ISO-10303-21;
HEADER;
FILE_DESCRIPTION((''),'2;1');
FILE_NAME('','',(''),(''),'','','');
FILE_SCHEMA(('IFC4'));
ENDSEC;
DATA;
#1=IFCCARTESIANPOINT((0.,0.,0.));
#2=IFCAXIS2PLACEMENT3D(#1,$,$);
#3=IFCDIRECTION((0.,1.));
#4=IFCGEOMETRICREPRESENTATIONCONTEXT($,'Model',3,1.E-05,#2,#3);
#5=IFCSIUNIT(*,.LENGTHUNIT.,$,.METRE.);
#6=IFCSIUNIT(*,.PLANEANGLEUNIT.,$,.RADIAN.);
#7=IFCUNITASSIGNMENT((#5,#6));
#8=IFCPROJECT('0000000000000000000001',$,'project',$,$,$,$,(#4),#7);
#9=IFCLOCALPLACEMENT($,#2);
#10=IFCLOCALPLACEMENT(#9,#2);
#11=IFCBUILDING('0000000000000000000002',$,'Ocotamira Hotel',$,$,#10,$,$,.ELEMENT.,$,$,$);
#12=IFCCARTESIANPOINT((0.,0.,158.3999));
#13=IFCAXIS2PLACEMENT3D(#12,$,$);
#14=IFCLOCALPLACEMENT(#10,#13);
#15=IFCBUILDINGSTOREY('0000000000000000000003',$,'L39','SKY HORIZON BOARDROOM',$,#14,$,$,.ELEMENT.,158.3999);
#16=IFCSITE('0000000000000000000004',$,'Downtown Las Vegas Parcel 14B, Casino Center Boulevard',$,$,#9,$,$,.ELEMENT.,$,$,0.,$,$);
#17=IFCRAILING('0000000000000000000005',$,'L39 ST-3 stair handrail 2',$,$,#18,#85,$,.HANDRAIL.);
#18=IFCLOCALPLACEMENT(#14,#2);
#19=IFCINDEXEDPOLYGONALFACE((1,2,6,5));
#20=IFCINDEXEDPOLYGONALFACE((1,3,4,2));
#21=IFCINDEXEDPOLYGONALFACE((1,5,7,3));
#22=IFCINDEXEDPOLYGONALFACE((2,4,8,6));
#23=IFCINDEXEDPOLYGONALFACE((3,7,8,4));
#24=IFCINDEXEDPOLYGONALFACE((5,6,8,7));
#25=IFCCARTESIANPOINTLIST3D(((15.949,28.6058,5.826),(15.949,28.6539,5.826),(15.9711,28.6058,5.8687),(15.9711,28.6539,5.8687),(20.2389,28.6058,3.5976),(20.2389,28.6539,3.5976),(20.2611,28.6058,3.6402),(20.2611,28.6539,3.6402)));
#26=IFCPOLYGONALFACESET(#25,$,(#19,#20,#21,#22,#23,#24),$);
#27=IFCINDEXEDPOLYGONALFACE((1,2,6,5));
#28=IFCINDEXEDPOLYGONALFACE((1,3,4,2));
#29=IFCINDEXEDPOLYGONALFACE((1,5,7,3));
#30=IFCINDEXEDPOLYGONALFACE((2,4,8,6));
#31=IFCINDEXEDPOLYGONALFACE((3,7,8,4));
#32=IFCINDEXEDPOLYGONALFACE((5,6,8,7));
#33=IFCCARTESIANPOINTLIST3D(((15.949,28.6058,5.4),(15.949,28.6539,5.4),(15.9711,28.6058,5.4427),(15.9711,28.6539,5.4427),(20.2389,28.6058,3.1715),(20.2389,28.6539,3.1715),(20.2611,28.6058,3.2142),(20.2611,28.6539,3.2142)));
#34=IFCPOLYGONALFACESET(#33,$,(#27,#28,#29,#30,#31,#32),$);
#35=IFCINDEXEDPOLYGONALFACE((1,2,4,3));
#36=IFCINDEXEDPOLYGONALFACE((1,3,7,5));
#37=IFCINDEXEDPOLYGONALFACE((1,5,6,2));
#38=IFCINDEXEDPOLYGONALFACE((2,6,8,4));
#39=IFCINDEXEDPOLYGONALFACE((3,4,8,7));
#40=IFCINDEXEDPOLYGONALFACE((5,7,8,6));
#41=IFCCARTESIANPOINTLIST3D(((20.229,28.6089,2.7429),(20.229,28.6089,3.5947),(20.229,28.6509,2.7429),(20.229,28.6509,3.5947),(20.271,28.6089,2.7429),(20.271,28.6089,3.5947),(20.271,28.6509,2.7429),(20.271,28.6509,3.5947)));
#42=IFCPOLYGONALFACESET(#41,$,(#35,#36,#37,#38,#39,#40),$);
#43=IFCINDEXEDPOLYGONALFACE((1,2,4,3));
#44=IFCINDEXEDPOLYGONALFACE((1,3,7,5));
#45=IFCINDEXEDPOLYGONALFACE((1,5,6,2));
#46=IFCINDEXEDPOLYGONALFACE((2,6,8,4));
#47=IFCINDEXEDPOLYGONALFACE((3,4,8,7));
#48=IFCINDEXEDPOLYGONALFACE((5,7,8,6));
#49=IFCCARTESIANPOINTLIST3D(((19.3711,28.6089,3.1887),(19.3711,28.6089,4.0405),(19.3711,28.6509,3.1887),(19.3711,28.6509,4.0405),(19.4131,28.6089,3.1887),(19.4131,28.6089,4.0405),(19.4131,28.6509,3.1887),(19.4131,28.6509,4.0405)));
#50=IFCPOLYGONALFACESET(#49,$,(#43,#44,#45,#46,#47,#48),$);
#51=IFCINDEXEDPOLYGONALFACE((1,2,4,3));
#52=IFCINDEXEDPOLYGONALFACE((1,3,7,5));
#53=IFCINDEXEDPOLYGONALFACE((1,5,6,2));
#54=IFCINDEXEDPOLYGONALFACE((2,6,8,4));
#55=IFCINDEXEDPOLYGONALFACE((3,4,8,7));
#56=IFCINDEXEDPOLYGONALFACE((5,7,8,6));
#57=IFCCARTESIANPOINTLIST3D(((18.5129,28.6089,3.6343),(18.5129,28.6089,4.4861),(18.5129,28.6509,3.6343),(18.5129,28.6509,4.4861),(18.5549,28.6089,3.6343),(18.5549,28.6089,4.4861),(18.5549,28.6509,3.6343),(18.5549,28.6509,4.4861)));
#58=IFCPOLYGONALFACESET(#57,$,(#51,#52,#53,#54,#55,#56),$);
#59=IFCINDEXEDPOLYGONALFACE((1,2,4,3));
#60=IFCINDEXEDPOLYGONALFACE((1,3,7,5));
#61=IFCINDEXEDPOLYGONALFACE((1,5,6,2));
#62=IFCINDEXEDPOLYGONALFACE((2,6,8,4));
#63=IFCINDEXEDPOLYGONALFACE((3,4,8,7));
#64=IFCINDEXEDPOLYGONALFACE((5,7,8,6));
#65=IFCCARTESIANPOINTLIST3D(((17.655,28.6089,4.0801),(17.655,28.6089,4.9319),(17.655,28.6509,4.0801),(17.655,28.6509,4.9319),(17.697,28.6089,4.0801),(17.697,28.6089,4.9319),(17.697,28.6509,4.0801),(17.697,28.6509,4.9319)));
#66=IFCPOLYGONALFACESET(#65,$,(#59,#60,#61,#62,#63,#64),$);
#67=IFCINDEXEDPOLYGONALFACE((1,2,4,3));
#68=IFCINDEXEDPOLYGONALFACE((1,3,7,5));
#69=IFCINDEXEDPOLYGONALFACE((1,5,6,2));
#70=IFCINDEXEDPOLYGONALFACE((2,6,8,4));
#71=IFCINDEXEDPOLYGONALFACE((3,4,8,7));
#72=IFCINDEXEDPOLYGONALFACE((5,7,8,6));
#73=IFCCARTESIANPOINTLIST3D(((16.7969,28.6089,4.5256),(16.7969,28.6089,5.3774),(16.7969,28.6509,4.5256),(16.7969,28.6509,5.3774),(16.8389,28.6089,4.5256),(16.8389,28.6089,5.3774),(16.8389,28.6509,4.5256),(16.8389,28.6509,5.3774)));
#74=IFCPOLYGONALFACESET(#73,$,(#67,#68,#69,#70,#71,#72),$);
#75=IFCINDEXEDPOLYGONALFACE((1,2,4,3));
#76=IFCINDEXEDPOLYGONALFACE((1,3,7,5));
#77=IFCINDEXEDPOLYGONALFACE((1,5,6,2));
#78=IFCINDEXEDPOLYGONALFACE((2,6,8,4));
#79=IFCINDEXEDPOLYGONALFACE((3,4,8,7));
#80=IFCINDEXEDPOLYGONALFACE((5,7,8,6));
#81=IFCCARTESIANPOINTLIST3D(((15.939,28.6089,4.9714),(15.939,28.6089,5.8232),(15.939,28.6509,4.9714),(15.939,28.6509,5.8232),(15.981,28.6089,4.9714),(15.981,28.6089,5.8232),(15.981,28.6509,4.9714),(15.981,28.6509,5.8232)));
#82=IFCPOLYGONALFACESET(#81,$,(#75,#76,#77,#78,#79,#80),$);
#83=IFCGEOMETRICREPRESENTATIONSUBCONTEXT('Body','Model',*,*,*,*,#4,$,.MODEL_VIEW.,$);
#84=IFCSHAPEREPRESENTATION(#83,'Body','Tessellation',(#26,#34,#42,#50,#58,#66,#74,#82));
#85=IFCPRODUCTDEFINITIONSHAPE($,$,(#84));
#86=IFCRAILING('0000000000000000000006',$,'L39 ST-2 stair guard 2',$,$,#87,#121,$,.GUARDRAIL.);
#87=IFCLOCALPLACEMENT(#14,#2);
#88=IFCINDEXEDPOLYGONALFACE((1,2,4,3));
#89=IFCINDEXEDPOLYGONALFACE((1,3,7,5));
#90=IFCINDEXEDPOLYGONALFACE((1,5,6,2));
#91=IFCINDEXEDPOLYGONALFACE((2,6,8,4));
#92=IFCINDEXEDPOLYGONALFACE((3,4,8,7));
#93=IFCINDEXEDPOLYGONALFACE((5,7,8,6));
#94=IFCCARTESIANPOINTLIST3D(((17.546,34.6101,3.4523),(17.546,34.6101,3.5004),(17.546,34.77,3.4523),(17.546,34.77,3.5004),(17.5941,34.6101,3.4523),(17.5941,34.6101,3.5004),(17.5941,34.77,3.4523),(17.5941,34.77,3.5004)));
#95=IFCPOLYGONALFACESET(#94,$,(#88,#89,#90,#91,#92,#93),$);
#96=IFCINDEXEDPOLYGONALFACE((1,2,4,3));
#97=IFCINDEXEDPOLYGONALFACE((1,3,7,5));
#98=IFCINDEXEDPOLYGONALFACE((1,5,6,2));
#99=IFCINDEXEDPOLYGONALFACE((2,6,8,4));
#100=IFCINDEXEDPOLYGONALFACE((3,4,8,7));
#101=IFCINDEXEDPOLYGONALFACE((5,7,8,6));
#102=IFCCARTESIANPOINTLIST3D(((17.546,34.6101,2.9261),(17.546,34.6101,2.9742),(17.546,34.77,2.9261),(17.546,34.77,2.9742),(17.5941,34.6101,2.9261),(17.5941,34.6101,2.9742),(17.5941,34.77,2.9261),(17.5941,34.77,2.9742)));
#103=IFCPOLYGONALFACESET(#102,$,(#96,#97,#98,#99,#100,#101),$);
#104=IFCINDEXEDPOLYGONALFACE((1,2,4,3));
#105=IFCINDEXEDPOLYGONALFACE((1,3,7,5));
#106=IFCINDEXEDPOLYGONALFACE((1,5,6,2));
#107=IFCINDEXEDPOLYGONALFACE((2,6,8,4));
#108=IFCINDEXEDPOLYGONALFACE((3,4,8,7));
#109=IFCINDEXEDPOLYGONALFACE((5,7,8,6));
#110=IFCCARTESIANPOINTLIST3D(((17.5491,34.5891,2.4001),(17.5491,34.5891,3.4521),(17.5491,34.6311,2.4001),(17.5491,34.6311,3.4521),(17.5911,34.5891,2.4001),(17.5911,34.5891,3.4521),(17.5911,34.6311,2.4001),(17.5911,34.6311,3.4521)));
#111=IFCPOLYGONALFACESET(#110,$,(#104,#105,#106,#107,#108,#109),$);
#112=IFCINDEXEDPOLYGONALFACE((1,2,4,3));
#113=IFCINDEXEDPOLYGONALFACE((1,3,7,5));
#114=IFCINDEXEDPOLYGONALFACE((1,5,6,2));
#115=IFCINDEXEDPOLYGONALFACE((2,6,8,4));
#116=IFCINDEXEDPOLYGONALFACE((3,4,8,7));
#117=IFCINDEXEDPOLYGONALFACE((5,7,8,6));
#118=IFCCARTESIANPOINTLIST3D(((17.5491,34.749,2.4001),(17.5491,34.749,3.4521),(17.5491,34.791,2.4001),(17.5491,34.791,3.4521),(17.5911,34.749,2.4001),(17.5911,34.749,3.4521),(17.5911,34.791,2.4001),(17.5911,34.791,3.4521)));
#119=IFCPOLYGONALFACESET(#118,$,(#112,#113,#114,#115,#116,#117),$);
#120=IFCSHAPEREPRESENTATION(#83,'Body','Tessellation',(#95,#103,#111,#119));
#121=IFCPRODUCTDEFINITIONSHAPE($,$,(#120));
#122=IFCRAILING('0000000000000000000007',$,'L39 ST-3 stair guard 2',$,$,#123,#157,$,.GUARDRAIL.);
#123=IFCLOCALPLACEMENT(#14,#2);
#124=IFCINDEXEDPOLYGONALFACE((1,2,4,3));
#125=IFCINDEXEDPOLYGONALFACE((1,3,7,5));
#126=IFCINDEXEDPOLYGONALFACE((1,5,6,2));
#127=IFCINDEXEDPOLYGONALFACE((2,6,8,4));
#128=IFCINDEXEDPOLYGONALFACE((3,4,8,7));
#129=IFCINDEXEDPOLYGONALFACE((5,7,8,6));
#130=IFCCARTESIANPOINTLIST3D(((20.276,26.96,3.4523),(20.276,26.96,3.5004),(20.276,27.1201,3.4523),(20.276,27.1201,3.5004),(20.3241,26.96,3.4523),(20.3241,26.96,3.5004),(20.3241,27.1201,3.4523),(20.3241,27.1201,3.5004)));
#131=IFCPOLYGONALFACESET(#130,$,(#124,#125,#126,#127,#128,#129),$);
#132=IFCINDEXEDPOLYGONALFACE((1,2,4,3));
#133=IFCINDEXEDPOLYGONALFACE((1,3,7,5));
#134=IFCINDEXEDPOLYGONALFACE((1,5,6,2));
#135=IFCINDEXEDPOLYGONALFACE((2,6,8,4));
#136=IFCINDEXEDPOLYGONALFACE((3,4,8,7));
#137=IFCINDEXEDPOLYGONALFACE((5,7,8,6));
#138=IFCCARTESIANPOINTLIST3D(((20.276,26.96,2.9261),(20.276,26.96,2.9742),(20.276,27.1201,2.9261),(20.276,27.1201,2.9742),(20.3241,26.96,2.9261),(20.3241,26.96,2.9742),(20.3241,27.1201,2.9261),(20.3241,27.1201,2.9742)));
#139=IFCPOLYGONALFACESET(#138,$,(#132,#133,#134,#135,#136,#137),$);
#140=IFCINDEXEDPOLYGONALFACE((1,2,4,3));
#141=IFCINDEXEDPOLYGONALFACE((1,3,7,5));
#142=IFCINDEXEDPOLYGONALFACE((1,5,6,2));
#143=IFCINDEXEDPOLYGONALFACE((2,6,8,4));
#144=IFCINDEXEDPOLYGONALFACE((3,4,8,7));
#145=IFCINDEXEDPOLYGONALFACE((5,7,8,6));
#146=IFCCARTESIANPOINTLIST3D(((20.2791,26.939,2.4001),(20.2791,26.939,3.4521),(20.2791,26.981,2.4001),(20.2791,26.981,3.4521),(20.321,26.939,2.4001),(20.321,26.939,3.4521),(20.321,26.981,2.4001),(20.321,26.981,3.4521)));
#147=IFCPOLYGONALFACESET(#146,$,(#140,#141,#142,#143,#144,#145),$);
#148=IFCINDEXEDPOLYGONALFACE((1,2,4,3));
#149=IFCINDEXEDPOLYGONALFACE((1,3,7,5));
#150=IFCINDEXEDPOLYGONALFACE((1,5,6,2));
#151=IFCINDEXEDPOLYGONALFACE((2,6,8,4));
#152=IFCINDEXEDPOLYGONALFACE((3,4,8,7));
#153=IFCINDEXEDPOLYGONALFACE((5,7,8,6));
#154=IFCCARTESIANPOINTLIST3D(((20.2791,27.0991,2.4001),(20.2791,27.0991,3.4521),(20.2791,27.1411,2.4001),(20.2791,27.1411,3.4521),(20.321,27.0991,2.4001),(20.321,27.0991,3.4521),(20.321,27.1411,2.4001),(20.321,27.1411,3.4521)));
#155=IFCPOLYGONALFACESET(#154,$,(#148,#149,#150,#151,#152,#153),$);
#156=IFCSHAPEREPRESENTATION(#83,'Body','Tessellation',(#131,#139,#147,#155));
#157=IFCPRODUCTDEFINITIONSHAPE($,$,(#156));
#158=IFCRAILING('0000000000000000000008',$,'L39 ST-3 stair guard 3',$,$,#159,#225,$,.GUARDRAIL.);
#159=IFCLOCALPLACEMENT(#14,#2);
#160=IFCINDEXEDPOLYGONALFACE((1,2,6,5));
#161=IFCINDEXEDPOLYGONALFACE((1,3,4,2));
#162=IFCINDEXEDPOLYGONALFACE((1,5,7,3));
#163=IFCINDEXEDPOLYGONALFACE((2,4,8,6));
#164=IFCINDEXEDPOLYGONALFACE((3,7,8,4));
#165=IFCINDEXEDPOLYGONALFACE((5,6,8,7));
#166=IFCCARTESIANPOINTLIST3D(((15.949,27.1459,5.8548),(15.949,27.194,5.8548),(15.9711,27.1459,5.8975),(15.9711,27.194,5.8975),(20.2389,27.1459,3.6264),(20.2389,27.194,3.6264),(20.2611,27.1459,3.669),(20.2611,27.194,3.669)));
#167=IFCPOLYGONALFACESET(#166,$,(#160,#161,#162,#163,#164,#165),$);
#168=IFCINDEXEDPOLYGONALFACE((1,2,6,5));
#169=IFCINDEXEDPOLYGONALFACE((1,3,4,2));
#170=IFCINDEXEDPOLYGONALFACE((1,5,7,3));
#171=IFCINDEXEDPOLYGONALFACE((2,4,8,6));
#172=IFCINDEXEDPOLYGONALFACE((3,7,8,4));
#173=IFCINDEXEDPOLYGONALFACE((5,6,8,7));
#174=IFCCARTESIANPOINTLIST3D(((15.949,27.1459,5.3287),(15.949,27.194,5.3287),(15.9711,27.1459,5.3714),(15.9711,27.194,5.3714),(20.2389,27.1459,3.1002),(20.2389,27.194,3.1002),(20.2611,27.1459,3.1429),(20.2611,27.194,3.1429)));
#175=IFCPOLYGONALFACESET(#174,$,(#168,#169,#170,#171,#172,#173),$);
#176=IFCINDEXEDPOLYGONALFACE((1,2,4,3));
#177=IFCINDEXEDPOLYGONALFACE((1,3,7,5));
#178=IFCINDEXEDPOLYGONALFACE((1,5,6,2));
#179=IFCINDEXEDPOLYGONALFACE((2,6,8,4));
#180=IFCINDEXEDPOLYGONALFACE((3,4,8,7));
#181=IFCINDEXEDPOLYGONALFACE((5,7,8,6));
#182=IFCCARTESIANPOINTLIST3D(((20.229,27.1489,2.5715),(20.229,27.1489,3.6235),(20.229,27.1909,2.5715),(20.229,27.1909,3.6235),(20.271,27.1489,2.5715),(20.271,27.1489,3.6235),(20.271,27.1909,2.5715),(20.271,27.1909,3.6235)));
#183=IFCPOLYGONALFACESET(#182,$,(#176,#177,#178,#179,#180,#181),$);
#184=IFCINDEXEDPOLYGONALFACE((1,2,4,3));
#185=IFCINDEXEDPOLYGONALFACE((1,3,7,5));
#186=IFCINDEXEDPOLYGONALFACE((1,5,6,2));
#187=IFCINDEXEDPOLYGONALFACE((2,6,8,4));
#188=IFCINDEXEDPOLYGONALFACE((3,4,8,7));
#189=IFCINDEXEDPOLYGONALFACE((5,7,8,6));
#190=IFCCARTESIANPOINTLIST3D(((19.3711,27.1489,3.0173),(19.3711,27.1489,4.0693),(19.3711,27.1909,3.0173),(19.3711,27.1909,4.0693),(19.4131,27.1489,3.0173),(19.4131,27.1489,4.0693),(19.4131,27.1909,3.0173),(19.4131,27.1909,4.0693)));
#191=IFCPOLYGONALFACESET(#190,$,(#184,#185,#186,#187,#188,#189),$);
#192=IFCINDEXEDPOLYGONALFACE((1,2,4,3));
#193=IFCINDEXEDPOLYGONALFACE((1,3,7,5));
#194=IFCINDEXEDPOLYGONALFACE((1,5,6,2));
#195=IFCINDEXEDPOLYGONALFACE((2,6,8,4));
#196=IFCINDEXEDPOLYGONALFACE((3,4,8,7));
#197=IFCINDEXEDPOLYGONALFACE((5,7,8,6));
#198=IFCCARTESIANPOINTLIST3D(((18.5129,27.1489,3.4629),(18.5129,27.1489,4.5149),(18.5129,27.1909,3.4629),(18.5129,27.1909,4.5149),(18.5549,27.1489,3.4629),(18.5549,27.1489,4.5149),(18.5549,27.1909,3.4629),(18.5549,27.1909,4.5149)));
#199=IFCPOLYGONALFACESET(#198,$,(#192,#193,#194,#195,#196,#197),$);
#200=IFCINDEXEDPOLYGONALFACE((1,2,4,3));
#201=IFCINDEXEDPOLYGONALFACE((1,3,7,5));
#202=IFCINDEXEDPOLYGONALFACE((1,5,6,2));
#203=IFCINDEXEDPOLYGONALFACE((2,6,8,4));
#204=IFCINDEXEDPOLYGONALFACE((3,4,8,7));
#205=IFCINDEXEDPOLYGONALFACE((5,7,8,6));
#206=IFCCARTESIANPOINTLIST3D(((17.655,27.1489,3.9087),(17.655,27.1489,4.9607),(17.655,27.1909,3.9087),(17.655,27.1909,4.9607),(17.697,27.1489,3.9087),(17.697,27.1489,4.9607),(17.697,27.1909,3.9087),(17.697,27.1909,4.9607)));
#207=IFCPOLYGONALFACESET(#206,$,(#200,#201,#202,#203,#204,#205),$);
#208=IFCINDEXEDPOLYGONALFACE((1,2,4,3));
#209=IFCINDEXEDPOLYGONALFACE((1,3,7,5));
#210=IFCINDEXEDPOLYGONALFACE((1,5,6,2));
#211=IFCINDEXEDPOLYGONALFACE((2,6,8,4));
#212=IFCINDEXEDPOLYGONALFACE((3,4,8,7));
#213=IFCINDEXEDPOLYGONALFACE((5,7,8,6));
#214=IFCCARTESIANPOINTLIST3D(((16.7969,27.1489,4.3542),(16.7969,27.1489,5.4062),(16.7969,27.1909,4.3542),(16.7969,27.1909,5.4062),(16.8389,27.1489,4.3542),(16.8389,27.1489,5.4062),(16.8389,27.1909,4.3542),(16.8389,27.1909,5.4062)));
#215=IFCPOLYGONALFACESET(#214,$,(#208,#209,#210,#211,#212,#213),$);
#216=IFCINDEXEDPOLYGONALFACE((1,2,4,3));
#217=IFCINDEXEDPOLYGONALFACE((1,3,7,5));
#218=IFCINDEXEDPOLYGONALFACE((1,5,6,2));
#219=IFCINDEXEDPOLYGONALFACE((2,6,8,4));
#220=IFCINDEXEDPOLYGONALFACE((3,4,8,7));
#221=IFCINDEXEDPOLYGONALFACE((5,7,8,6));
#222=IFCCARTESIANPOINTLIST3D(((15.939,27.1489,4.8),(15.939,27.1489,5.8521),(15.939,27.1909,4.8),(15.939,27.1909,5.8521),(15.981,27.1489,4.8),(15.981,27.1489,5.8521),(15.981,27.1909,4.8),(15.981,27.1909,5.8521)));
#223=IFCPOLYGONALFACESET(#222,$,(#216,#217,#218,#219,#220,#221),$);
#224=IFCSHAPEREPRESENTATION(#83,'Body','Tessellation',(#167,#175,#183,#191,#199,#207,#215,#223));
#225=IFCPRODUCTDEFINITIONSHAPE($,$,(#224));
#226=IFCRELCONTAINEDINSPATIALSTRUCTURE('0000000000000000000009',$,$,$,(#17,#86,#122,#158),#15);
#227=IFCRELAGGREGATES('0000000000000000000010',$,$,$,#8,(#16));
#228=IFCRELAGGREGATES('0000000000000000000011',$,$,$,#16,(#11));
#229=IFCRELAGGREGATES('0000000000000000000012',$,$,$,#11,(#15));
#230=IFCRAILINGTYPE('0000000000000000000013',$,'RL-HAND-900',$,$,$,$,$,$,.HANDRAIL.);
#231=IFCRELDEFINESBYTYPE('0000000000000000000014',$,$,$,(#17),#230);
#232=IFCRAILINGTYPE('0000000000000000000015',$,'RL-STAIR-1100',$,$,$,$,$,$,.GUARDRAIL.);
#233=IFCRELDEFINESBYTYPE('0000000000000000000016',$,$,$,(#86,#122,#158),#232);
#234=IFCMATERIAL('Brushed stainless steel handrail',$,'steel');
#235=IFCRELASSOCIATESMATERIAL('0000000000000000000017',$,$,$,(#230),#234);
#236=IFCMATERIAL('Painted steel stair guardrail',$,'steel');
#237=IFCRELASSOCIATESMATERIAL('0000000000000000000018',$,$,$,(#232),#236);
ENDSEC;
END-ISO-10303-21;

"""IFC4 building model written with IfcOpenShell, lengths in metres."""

from ifc_helpers import new_model, si_unit, direction, frame, origin, origin_2d, place, context, subcontext, project, spatial, rectangle, extrude, material, type_object, element, save


model = new_model("IFC4")

# Units and contexts
model_context = context("Model", 3, precision=1e-05, world=origin(), true_north=direction((0.0, 1.0)))
body_context = subcontext(model_context, "Body", "Model", "MODEL_VIEW")
ifc_project = project(units=[si_unit("LENGTHUNIT", "METRE"), si_unit("PLANEANGLEUNIT", "RADIAN")], contexts=[model_context])

# Site, building, storey
site_placement = place(None, origin())
site = spatial("IfcSite", under=ifc_project, at=site_placement, Name="Downtown Las Vegas Parcel 14B, Casino Center Boulevard", CompositionType="ELEMENT", RefElevation=0.0)
building_placement = place(site_placement, origin())
building = spatial("IfcBuilding", under=site, at=building_placement, Name="Ocotamira Hotel", CompositionType="ELEMENT")
storey_placement = place(building_placement, frame((0.0, 0.0, 158.3999)))
storey = spatial("IfcBuildingStorey", under=building, at=storey_placement, Name="L39", Description="SKY HORIZON BOARDROOM", CompositionType="ELEMENT", Elevation=158.3999)

# Railings
ifc_material_1 = material(Name="Brushed stainless steel handrail", Category="steel")
railing_type_1 = type_object("IfcRailingType", Name="RL-HAND-900", PredefinedType="HANDRAIL", material=ifc_material_1)
railing_1_placement = place(storey_placement, frame((20.25, 28.6299, 2.7429)))
element("IfcRailing", 1, at=railing_1_placement, inside=storey, type_object=railing_type_1, Name="L39 ST-3 stair handrail 2", PredefinedType="HANDRAIL", context=body_context, shape_type="SweptSolid", body=[
    extrude(rectangle(XDim=0.0481, YDim=0.0481, at=origin_2d()), frame((0.0, 0.0, 0.876), z_axis=(-0.887412, 0.0, 0.460977), x_axis=(0.0, -1.0, 0.0)), (0.0, 0.0, 1.0), 4.8342),
    extrude(rectangle(XDim=0.0481, YDim=0.0481, at=origin_2d()), frame((0.0, 0.0, 0.45), z_axis=(-0.887412, 0.0, 0.460977), x_axis=(0.0, -1.0, 0.0)), (0.0, 0.0, 1.0), 4.8342),
    extrude(rectangle(XDim=0.042, YDim=0.042, at=origin_2d()), origin(), (0.0, 0.0, 1.0), 0.8518),
    extrude(rectangle(XDim=0.042, YDim=0.042, at=origin_2d()), frame((-0.8579, 0.0, 0.4458)), (0.0, 0.0, 1.0), 0.8518),
    extrude(rectangle(XDim=0.042, YDim=0.042, at=origin_2d()), frame((-1.7161, 0.0, 0.8914)), (0.0, 0.0, 1.0), 0.8518),
    extrude(rectangle(XDim=0.042, YDim=0.042, at=origin_2d()), frame((-2.574, 0.0, 1.3372)), (0.0, 0.0, 1.0), 0.8518),
    extrude(rectangle(XDim=0.042, YDim=0.042, at=origin_2d()), frame((-3.4321, 0.0, 1.7827)), (0.0, 0.0, 1.0), 0.8518),
    extrude(rectangle(XDim=0.042, YDim=0.042, at=origin_2d()), frame((-4.29, 0.0, 2.2285)), (0.0, 0.0, 1.0), 0.8518),
])
ifc_material_2 = material(Name="Painted steel stair guardrail", Category="steel")
railing_type_2 = type_object("IfcRailingType", Name="RL-STAIR-1100", PredefinedType="GUARDRAIL", material=ifc_material_2)
railing_2_placement = place(storey_placement, frame((17.5701, 34.6101, 2.4001)))
element("IfcRailing", 2, at=railing_2_placement, inside=storey, type_object=railing_type_2, Name="L39 ST-2 stair guard 2", PredefinedType="GUARDRAIL", context=body_context, shape_type="SweptSolid", body=[
    extrude(rectangle(XDim=0.0481, YDim=0.0481, at=origin_2d()), frame((0.0, 0.0, 1.0762), z_axis=(0.0, 1.0, 0.0), x_axis=(-1.0, 0.0, 0.0)), (0.0, 0.0, 1.0), 0.1599),
    extrude(rectangle(XDim=0.0481, YDim=0.0481, at=origin_2d()), frame((0.0, 0.0, 0.55), z_axis=(0.0, 1.0, 0.0), x_axis=(-1.0, 0.0, 0.0)), (0.0, 0.0, 1.0), 0.1599),
    extrude(rectangle(XDim=0.042, YDim=0.042, at=origin_2d()), origin(), (0.0, 0.0, 1.0), 1.052),
    extrude(rectangle(XDim=0.042, YDim=0.042, at=origin_2d()), frame((0.0, 0.1599, 0.0)), (0.0, 0.0, 1.0), 1.052),
])
railing_3_placement = place(storey_placement, frame((20.3, 26.96, 2.4001)))
element("IfcRailing", 3, at=railing_3_placement, inside=storey, type_object=railing_type_2, Name="L39 ST-3 stair guard 2", PredefinedType="GUARDRAIL", context=body_context, shape_type="SweptSolid", body=[
    extrude(rectangle(XDim=0.0481, YDim=0.0481, at=origin_2d()), frame((0.0, 0.0, 1.0762), z_axis=(0.0, 1.0, 0.0), x_axis=(-1.0, 0.0, 0.0)), (0.0, 0.0, 1.0), 0.1602),
    extrude(rectangle(XDim=0.0481, YDim=0.0481, at=origin_2d()), frame((0.0, 0.0, 0.55), z_axis=(0.0, 1.0, 0.0), x_axis=(-1.0, 0.0, 0.0)), (0.0, 0.0, 1.0), 0.1602),
    extrude(rectangle(XDim=0.042, YDim=0.042, at=origin_2d()), origin(), (0.0, 0.0, 1.0), 1.052),
    extrude(rectangle(XDim=0.042, YDim=0.042, at=origin_2d()), frame((0.0, 0.1602, 0.0)), (0.0, 0.0, 1.0), 1.052),
])
railing_4_placement = place(storey_placement, frame((20.25, 27.1699, 2.5715)))
element("IfcRailing", 4, at=railing_4_placement, inside=storey, type_object=railing_type_2, Name="L39 ST-3 stair guard 3", PredefinedType="GUARDRAIL", context=body_context, shape_type="SweptSolid", body=[
    extrude(rectangle(XDim=0.0481, YDim=0.0481, at=origin_2d()), frame((0.0, 0.0, 1.0762), z_axis=(-0.887412, 0.0, 0.460977), x_axis=(0.0, -1.0, 0.0)), (0.0, 0.0, 1.0), 4.8342),
    extrude(rectangle(XDim=0.0481, YDim=0.0481, at=origin_2d()), frame((0.0, 0.0, 0.55), z_axis=(-0.887412, 0.0, 0.460977), x_axis=(0.0, -1.0, 0.0)), (0.0, 0.0, 1.0), 4.8342),
    extrude(rectangle(XDim=0.042, YDim=0.042, at=origin_2d()), origin(), (0.0, 0.0, 1.0), 1.052),
    extrude(rectangle(XDim=0.042, YDim=0.042, at=origin_2d()), frame((-0.8579, 0.0, 0.4458)), (0.0, 0.0, 1.0), 1.052),
    extrude(rectangle(XDim=0.042, YDim=0.042, at=origin_2d()), frame((-1.7161, 0.0, 0.8914)), (0.0, 0.0, 1.0), 1.052),
    extrude(rectangle(XDim=0.042, YDim=0.042, at=origin_2d()), frame((-2.574, 0.0, 1.3372)), (0.0, 0.0, 1.0), 1.052),
    extrude(rectangle(XDim=0.042, YDim=0.042, at=origin_2d()), frame((-3.4321, 0.0, 1.7827)), (0.0, 0.0, 1.0), 1.052),
    extrude(rectangle(XDim=0.042, YDim=0.042, at=origin_2d()), frame((-4.29, 0.0, 2.2285)), (0.0, 0.0, 1.0), 1.052),
])

save(model, "model.ifc")
